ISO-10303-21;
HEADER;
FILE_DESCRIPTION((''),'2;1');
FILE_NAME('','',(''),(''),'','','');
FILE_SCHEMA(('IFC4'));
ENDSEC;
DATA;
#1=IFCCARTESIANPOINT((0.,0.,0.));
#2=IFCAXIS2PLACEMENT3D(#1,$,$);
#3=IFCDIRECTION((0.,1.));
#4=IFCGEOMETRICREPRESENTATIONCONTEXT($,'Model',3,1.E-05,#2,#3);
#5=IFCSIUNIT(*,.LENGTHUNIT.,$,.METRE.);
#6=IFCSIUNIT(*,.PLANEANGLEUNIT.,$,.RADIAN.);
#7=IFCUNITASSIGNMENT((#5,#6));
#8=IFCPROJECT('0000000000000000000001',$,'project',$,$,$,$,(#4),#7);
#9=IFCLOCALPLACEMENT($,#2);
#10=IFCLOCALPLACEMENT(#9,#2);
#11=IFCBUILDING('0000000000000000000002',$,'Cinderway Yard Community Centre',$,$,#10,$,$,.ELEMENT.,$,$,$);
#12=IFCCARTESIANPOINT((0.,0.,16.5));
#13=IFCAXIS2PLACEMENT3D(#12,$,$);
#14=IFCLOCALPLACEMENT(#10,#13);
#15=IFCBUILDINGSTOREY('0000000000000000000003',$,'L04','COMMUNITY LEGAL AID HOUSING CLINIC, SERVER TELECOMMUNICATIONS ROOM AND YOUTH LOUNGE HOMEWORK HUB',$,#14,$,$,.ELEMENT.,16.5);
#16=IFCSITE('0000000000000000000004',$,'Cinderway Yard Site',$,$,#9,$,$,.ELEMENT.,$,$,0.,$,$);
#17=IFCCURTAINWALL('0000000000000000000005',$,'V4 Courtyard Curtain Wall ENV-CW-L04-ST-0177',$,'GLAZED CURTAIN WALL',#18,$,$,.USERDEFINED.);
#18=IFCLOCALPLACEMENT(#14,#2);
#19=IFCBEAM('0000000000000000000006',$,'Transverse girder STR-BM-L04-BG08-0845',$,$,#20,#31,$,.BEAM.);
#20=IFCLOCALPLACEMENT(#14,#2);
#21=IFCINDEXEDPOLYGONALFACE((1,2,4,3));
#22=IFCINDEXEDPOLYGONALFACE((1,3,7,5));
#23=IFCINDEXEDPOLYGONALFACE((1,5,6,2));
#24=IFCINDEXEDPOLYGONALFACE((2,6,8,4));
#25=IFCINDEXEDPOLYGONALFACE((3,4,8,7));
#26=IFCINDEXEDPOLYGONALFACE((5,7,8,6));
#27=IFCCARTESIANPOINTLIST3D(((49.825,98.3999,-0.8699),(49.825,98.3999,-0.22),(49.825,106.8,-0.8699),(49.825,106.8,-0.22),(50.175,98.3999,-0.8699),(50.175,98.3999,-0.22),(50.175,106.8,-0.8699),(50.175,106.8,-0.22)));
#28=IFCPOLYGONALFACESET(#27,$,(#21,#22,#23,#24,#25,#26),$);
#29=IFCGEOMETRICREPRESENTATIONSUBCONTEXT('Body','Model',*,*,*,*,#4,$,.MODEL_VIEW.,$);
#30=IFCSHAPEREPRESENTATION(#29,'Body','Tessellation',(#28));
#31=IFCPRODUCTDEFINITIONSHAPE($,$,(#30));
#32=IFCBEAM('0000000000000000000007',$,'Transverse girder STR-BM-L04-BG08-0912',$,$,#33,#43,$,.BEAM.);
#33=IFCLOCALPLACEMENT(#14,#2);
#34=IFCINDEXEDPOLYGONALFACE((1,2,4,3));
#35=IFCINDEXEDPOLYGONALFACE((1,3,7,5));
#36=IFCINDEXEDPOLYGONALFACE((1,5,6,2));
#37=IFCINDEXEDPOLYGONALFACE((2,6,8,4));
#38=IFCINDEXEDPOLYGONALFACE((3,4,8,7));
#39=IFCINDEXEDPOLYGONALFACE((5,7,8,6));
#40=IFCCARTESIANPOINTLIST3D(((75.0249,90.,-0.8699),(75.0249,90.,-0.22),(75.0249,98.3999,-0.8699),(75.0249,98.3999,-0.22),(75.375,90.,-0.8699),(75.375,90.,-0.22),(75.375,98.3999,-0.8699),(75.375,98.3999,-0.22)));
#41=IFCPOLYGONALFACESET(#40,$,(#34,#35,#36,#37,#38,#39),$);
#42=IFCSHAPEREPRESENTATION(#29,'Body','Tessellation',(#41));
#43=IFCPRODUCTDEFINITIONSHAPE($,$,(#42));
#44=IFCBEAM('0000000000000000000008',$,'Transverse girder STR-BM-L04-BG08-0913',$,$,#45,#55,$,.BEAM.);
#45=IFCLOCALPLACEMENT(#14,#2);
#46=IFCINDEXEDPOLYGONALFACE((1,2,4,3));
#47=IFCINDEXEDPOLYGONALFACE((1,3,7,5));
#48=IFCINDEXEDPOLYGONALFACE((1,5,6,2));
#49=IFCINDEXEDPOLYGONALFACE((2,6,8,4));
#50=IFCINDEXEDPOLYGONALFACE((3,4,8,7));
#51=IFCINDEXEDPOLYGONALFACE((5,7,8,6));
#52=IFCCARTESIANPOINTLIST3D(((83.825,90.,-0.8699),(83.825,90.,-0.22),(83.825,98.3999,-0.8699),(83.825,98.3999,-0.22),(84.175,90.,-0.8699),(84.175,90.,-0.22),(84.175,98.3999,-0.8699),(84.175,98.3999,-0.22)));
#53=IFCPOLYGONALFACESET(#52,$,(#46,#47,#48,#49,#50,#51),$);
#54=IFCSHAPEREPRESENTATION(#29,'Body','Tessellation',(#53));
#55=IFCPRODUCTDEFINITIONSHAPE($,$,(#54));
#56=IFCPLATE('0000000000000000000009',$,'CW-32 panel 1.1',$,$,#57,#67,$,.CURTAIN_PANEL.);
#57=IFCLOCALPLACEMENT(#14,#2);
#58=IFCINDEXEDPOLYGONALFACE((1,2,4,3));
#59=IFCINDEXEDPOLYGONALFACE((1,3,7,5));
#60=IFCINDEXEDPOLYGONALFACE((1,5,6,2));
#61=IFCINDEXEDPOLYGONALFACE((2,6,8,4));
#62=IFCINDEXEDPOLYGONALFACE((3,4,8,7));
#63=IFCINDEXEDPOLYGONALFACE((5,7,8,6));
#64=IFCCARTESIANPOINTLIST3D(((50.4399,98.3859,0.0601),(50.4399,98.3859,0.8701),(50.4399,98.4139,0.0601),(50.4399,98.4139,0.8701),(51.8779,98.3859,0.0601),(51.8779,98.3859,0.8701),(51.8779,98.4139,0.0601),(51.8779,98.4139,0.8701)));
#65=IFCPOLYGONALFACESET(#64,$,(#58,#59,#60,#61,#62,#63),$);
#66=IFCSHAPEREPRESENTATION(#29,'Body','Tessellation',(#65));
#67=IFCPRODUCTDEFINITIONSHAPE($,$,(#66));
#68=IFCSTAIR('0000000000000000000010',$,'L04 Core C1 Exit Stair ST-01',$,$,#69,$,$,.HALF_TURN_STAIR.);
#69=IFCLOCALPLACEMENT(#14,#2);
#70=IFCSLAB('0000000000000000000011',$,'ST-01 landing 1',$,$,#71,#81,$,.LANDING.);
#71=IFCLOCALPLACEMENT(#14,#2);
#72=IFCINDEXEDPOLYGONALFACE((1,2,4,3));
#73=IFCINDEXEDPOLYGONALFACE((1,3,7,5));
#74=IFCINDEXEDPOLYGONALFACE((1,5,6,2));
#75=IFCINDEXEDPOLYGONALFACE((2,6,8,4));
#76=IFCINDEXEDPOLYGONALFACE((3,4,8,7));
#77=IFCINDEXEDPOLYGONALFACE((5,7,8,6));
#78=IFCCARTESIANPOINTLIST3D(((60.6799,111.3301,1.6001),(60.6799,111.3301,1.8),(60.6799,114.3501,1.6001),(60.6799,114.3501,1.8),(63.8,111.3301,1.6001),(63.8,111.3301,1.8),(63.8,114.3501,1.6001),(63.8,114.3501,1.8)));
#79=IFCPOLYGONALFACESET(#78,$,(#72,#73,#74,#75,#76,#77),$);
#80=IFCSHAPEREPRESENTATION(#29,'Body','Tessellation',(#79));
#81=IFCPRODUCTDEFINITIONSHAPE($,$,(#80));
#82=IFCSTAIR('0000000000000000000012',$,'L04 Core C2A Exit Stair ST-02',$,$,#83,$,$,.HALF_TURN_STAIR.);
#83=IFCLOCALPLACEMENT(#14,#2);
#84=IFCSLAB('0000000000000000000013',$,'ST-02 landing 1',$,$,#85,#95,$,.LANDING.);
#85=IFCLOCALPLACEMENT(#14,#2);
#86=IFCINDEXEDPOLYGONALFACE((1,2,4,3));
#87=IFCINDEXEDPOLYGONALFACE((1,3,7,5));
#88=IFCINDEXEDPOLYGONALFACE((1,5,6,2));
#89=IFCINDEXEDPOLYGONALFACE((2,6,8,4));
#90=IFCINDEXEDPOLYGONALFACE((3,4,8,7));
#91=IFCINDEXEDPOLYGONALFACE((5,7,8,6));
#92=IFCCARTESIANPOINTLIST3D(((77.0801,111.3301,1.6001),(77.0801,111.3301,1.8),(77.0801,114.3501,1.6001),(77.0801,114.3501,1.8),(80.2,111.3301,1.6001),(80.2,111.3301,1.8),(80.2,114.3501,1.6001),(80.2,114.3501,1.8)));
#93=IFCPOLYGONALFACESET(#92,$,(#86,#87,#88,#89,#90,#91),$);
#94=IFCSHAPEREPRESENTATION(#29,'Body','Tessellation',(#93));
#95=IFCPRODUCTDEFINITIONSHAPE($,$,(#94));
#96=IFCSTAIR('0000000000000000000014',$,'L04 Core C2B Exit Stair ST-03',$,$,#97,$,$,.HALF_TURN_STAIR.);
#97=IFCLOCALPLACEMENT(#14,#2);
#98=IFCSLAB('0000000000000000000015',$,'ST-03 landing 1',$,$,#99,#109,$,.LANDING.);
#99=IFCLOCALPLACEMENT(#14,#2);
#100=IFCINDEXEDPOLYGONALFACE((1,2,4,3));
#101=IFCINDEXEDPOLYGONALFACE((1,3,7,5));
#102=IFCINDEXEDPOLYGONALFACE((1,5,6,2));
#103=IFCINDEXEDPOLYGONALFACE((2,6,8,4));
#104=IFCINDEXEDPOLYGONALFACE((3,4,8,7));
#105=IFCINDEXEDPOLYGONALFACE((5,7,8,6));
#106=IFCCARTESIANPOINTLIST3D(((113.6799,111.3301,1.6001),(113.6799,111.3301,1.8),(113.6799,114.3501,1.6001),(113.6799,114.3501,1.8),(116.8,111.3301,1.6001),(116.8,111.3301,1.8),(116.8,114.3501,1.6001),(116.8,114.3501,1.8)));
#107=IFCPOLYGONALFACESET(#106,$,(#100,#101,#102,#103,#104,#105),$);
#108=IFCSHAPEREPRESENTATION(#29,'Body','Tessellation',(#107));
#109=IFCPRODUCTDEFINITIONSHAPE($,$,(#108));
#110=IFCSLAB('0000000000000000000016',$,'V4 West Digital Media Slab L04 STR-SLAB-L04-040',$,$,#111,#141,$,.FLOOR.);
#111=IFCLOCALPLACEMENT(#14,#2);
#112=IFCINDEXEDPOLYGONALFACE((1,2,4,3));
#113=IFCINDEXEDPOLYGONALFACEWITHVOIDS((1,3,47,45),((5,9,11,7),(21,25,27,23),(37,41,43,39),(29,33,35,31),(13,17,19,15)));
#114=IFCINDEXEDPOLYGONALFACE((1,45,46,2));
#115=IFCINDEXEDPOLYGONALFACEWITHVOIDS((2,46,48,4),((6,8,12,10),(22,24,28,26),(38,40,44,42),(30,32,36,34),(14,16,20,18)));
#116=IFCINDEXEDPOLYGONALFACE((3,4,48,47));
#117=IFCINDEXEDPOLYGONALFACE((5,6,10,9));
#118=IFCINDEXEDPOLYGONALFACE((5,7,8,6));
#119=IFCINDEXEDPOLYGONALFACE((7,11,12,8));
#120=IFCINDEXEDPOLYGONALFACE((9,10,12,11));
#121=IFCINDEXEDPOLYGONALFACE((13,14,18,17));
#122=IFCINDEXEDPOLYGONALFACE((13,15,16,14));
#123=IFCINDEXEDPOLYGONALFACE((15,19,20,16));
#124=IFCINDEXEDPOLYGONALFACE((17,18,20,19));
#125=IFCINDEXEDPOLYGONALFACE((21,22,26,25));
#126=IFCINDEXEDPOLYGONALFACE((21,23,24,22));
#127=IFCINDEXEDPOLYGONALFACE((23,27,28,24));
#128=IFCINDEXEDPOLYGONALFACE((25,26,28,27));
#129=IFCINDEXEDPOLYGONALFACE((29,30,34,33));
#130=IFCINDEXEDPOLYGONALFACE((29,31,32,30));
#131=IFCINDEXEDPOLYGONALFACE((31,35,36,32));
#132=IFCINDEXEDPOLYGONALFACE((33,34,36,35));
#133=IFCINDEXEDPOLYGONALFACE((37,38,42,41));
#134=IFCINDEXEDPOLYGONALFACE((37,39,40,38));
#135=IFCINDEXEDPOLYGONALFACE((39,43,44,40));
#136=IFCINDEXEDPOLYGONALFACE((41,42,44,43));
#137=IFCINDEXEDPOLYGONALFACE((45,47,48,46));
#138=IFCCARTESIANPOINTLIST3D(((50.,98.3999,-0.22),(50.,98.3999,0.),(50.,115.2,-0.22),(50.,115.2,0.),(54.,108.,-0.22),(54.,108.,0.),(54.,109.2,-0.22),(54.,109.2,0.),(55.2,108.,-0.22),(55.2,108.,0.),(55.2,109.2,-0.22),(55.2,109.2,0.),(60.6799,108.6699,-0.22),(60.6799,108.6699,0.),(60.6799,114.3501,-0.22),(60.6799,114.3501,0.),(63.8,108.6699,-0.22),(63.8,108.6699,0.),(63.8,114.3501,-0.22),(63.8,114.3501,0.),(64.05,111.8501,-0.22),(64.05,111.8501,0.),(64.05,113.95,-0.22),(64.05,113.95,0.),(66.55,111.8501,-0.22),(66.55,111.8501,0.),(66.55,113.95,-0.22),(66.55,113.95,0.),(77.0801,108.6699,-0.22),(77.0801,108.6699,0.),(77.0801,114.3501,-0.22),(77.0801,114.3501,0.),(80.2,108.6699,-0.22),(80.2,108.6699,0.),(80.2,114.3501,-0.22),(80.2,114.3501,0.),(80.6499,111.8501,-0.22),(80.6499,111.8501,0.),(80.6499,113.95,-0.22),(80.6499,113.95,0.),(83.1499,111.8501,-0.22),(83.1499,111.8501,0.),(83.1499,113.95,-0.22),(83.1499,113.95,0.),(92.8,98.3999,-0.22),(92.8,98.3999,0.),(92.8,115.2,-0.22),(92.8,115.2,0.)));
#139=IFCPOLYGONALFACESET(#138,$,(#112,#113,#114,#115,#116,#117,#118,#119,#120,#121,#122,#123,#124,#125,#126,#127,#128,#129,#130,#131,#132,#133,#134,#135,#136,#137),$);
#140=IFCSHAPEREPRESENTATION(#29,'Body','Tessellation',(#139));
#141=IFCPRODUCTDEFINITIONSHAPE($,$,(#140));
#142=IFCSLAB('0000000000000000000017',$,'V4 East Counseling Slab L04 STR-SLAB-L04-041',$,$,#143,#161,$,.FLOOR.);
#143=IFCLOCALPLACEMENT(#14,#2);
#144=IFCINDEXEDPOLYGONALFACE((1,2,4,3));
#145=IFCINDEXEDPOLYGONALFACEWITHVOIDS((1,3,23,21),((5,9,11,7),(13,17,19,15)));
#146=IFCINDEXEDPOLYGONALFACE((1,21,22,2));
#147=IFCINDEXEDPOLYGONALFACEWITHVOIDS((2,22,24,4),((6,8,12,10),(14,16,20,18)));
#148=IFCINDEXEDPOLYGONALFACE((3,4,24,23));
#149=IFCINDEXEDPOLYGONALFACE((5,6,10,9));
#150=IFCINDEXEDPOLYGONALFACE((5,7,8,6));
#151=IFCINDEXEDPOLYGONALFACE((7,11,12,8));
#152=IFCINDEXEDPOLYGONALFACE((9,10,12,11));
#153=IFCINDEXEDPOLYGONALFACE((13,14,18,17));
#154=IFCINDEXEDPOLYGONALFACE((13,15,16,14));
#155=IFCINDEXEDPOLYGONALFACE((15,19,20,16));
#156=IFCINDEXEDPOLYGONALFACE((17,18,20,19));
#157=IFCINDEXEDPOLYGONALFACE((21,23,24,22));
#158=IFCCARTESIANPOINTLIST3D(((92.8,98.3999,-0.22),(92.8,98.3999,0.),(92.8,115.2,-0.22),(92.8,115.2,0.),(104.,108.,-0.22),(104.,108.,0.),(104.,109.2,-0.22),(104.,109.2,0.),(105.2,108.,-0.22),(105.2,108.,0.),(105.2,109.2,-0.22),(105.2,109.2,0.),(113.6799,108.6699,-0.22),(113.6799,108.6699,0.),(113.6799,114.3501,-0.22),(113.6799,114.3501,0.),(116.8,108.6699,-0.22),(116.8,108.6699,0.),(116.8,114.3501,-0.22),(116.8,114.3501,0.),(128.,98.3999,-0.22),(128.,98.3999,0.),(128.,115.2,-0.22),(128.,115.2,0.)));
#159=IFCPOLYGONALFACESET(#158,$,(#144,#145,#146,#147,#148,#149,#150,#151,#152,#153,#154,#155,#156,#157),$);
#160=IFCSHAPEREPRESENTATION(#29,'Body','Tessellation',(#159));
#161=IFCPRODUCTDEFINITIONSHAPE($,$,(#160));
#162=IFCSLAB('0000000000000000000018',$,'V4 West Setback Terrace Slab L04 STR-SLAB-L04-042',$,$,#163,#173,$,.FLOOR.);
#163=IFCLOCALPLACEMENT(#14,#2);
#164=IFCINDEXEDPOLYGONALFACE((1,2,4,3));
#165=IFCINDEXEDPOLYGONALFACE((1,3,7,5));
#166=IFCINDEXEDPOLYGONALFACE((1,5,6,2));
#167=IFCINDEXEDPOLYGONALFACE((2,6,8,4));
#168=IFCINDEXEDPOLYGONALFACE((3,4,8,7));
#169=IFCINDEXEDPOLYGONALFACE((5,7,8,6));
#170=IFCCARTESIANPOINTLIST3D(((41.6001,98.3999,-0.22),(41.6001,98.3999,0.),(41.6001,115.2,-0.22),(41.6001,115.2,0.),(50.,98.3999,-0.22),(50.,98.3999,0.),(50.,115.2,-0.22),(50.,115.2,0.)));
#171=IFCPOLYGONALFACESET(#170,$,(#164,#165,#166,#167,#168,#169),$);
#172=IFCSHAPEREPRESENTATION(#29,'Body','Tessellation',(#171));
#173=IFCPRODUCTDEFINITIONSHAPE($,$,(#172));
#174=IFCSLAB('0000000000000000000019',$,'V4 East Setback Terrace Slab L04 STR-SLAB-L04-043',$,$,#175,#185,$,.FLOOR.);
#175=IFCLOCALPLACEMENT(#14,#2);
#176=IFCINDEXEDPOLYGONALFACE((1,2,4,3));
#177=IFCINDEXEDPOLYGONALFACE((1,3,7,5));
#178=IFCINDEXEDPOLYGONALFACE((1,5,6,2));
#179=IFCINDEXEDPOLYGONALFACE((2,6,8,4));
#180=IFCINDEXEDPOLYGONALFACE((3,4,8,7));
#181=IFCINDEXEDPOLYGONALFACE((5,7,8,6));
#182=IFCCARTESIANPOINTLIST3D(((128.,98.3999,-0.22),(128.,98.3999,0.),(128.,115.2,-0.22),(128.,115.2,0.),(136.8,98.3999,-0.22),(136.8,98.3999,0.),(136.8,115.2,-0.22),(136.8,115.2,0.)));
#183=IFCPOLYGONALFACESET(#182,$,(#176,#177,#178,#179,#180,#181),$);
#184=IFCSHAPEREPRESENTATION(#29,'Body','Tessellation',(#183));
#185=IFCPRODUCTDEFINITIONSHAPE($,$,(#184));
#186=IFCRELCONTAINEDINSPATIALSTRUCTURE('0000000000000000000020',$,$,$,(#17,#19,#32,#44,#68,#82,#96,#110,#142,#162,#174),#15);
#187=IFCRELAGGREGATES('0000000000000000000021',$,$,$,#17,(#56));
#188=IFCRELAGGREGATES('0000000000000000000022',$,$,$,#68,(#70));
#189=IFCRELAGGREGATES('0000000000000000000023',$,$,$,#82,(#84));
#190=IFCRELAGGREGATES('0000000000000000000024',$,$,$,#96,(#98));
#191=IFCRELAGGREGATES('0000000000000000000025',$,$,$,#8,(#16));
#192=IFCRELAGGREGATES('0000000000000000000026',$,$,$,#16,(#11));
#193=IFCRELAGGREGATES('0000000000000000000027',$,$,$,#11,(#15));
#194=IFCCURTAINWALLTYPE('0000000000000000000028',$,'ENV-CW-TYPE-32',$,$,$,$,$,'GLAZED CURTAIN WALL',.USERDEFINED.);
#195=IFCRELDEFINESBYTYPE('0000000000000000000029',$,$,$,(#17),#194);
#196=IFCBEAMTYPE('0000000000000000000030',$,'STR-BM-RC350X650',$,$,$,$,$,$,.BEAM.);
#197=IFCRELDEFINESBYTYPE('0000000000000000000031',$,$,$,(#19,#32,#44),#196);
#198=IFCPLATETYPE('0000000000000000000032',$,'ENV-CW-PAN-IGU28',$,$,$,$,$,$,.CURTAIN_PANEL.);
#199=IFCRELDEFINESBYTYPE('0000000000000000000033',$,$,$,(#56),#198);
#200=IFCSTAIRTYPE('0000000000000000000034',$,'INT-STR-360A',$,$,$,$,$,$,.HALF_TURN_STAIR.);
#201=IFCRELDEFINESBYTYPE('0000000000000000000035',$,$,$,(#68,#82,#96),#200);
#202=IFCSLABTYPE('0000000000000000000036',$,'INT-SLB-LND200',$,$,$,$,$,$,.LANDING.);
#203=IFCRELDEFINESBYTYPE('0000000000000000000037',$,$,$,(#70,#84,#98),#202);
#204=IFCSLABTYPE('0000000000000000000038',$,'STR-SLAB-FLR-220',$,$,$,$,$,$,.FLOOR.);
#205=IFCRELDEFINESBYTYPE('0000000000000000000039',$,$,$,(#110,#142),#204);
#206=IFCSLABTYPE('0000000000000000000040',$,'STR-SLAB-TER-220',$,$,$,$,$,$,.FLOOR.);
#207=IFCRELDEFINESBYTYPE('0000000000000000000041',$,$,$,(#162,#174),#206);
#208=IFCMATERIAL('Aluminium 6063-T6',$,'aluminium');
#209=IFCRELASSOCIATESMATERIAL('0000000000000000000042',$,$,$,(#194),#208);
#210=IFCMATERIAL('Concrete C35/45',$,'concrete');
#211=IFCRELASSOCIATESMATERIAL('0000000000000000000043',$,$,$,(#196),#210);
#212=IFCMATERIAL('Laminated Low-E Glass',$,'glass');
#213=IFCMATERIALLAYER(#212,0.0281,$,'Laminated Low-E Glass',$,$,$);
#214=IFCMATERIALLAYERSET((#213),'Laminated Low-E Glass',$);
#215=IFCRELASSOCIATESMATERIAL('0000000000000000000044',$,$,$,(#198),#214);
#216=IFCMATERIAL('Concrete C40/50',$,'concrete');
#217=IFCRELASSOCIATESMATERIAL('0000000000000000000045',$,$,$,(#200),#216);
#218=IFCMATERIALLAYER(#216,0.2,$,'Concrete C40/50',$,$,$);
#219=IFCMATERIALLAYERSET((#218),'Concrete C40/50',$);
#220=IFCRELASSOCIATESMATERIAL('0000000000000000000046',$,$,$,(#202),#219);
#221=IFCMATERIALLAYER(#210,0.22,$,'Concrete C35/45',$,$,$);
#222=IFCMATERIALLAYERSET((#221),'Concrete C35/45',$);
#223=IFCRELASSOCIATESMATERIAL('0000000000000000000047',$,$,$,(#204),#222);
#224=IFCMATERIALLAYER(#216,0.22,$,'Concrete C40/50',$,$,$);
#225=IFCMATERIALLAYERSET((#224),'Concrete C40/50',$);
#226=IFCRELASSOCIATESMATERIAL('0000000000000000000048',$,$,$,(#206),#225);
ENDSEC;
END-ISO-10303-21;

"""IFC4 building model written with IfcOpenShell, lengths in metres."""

from ifc_helpers import new_model, si_unit, direction, frame, origin, origin_2d, place, context, subcontext, project, spatial, polyline, rectangle, outline, extrude, material, layer, layer_set, material_profile, profile_set, type_object, element, aggregate, save


model = new_model("IFC4")

# Units and contexts
model_context = context("Model", 3, precision=1e-05, world=origin(), true_north=direction((0.0, 1.0)))
body_context = subcontext(model_context, "Body", "Model", "MODEL_VIEW")
ifc_project = project(units=[si_unit("LENGTHUNIT", "METRE"), si_unit("PLANEANGLEUNIT", "RADIAN")], contexts=[model_context])

# Site, building, storey
site_placement = place(None, origin())
site = spatial("IfcSite", under=ifc_project, at=site_placement, Name="Cinderway Yard Site", CompositionType="ELEMENT", RefElevation=0.0)
building_placement = place(site_placement, origin())
building = spatial("IfcBuilding", under=site, at=building_placement, Name="Cinderway Yard Community Centre", CompositionType="ELEMENT")
storey_placement = place(building_placement, frame((0.0, 0.0, 16.5)))
storey = spatial("IfcBuildingStorey", under=building, at=storey_placement, Name="L04", Description="COMMUNITY LEGAL AID HOUSING CLINIC, SERVER TELECOMMUNICATIONS ROOM AND YOUTH LOUNGE HOMEWORK HUB", CompositionType="ELEMENT", Elevation=16.5)

# Shared definitions
ifc_material_1 = material(Name="Concrete C40/50", Category="concrete")

# Curtain wall
ifc_material_2 = material(Name="Aluminium 6063-T6", Category="aluminium")
curtain_wall_type = type_object("IfcCurtainWallType", Name="ENV-CW-TYPE-32", ElementType="GLAZED CURTAIN WALL", PredefinedType="USERDEFINED", material=ifc_material_2)
curtain_wall_placement = place(storey_placement, origin())
curtain_wall = element("IfcCurtainWall", 1, at=curtain_wall_placement, inside=storey, type_object=curtain_wall_type, Name="V4 Courtyard Curtain Wall ENV-CW-L04-ST-0177", ObjectType="GLAZED CURTAIN WALL", PredefinedType="USERDEFINED")

# Beams
ifc_material_3 = material(Name="Concrete C35/45", Category="concrete")
ifc_material_profile_1 = material_profile(ifc_material_3, rectangle(XDim=0.3501, YDim=0.6499, at=origin_2d()), Name="Concrete C35/45")
ifc_profile_set_1 = profile_set([ifc_material_profile_1], Name="Concrete C35/45")
beam_type_1 = type_object("IfcBeamType", Name="STR-BM-RC350X650", PredefinedType="BEAM", material=ifc_profile_set_1)
beam_1_placement = place(storey_placement, frame((50.0, 98.3999, -0.5449), z_axis=(0.0, 1.0, 0.0), x_axis=(-1.0, 0.0, 0.0)))
element("IfcBeam", 2, at=beam_1_placement, inside=storey, type_object=beam_type_1, Name="Transverse girder STR-BM-L04-BG08-0845", PredefinedType="BEAM", context=body_context, shape_type="SweptSolid", body=[
    extrude(rectangle(XDim=0.3501, YDim=0.6499, at=origin_2d()), origin(), (0.0, 0.0, 1.0), 8.4001),
])
for number, where, z_axis, x_axis, name in (
    (3, (75.2, 90.0, -0.5449), (0.0, 1.0, 0.0), (-1.0, 0.0, 0.0), "Transverse girder STR-BM-L04-BG08-0912"),
    (4, (84.0, 90.0, -0.5449), (0.0, 1.0, 0.0), (-1.0, 0.0, 0.0), "Transverse girder STR-BM-L04-BG08-0913"),
):
    element("IfcBeam", number, at=place(storey_placement, frame(where, z_axis=z_axis, x_axis=x_axis)), inside=storey, type_object=beam_type_1, Name=name, PredefinedType="BEAM", context=body_context, shape_type="SweptSolid", body=[
        extrude(rectangle(XDim=0.3501, YDim=0.6499, at=origin_2d()), origin(), (0.0, 0.0, 1.0), 8.3999),
    ])

# Plate
ifc_material_4 = material(Name="Laminated Low-E Glass", Category="glass")
ifc_layer_1 = layer(ifc_material_4, 0.0281, Name="Laminated Low-E Glass")
ifc_layer_set_1 = layer_set([ifc_layer_1], Name="Laminated Low-E Glass")
plate_type = type_object("IfcPlateType", Name="ENV-CW-PAN-IGU28", PredefinedType="CURTAIN_PANEL", material=ifc_layer_set_1)
plate_placement = place(storey_placement, frame((51.1589, 98.3999, 0.0601), z_axis=(0.0, 0.0, 1.0), x_axis=(1.0, 0.0, 0.0)))
plate = element("IfcPlate", 5, at=plate_placement, type_object=plate_type, Name="CW-32 panel 1.1", PredefinedType="CURTAIN_PANEL", context=body_context, shape_type="SweptSolid", body=[
    extrude(rectangle(XDim=1.438, YDim=0.0281, at=origin_2d()), origin(), (0.0, 0.0, 1.0), 0.8101),
])
aggregate(curtain_wall, [plate])

# Stairs, slabs
stair_type = type_object("IfcStairType", Name="INT-STR-360A", PredefinedType="HALF_TURN_STAIR", material=ifc_material_1)
stair_1_placement = place(storey_placement, origin())
stair_1 = element("IfcStair", 6, at=stair_1_placement, inside=storey, type_object=stair_type, Name="L04 Core C1 Exit Stair ST-01", PredefinedType="HALF_TURN_STAIR")
ifc_layer_2 = layer(ifc_material_1, 0.2, Name="Concrete C40/50")
ifc_layer_set_2 = layer_set([ifc_layer_2], Name="Concrete C40/50")
slab_type_1 = type_object("IfcSlabType", Name="INT-SLB-LND200", PredefinedType="LANDING", material=ifc_layer_set_2)
slab_1_placement = place(storey_placement, frame((0.0, 0.0, 1.6001)))
slab_1 = element("IfcSlab", 7, at=slab_1_placement, type_object=slab_type_1, Name="ST-01 landing 1", PredefinedType="LANDING", context=body_context, shape_type="SweptSolid", body=[
    extrude(outline(polyline([(63.8, 111.3301), (63.8, 114.3501), (60.6799, 114.3501), (60.6799, 111.3301), (63.8, 111.3301)])), origin(), (0.0, 0.0, 1.0), 0.2),
])
aggregate(stair_1, [slab_1])
stair_2_placement = place(storey_placement, origin())
stair_2 = element("IfcStair", 8, at=stair_2_placement, inside=storey, type_object=stair_type, Name="L04 Core C2A Exit Stair ST-02", PredefinedType="HALF_TURN_STAIR")
slab_2_placement = place(storey_placement, frame((0.0, 0.0, 1.6001)))
slab_2 = element("IfcSlab", 9, at=slab_2_placement, type_object=slab_type_1, Name="ST-02 landing 1", PredefinedType="LANDING", context=body_context, shape_type="SweptSolid", body=[
    extrude(outline(polyline([(80.2, 111.3301), (80.2, 114.3501), (77.0801, 114.3501), (77.0801, 111.3301), (80.2, 111.3301)])), origin(), (0.0, 0.0, 1.0), 0.2),
])
aggregate(stair_2, [slab_2])
stair_3_placement = place(storey_placement, origin())
stair_3 = element("IfcStair", 10, at=stair_3_placement, inside=storey, type_object=stair_type, Name="L04 Core C2B Exit Stair ST-03", PredefinedType="HALF_TURN_STAIR")
slab_3_placement = place(storey_placement, frame((0.0, 0.0, 1.6001)))
slab_3 = element("IfcSlab", 11, at=slab_3_placement, type_object=slab_type_1, Name="ST-03 landing 1", PredefinedType="LANDING", context=body_context, shape_type="SweptSolid", body=[
    extrude(outline(polyline([(116.8, 111.3301), (116.8, 114.3501), (113.6799, 114.3501), (113.6799, 111.3301), (116.8, 111.3301)])), origin(), (0.0, 0.0, 1.0), 0.2),
])
aggregate(stair_3, [slab_3])

# Slabs
ifc_layer_3 = layer(ifc_material_3, 0.22, Name="Concrete C35/45")
ifc_layer_set_3 = layer_set([ifc_layer_3], Name="Concrete C35/45")
slab_type_2 = type_object("IfcSlabType", Name="STR-SLAB-FLR-220", PredefinedType="FLOOR", material=ifc_layer_set_3)
slab_4_placement = place(storey_placement, frame((0.0, 0.0, -0.22)))
element("IfcSlab", 12, at=slab_4_placement, inside=storey, type_object=slab_type_2, Name="V4 West Digital Media Slab L04 STR-SLAB-L04-040", PredefinedType="FLOOR", context=body_context, shape_type="SweptSolid", body=[
    extrude(outline(polyline([(50.0, 98.3999), (92.8, 98.3999), (92.8, 115.2), (50.0, 115.2), (50.0, 98.3999)]), holes=[polyline([(63.8, 108.6699), (63.8, 114.3501), (60.6799, 114.3501), (60.6799, 108.6699), (63.8, 108.6699)]), polyline([(64.05, 111.8501), (66.55, 111.8501), (66.55, 113.95), (64.05, 113.95), (64.05, 111.8501)]), polyline([(80.2, 108.6699), (80.2, 114.3501), (77.0801, 114.3501), (77.0801, 108.6699), (80.2, 108.6699)]), polyline([(80.6499, 111.8501), (83.1499, 111.8501), (83.1499, 113.95), (80.6499, 113.95), (80.6499, 111.8501)]), polyline([(54.0, 108.0), (55.2, 108.0), (55.2, 109.2), (54.0, 109.2), (54.0, 108.0)])]), origin(), (0.0, 0.0, 1.0), 0.22),
])
slab_5_placement = place(storey_placement, frame((0.0, 0.0, -0.22)))
element("IfcSlab", 13, at=slab_5_placement, inside=storey, type_object=slab_type_2, Name="V4 East Counseling Slab L04 STR-SLAB-L04-041", PredefinedType="FLOOR", context=body_context, shape_type="SweptSolid", body=[
    extrude(outline(polyline([(92.8, 98.3999), (128.0, 98.3999), (128.0, 115.2), (92.8, 115.2), (92.8, 98.3999)]), holes=[polyline([(116.8, 108.6699), (116.8, 114.3501), (113.6799, 114.3501), (113.6799, 108.6699), (116.8, 108.6699)]), polyline([(104.0, 108.0), (105.2, 108.0), (105.2, 109.2), (104.0, 109.2), (104.0, 108.0)])]), origin(), (0.0, 0.0, 1.0), 0.22),
])
ifc_layer_4 = layer(ifc_material_1, 0.22, Name="Concrete C40/50")
ifc_layer_set_4 = layer_set([ifc_layer_4], Name="Concrete C40/50")
slab_type_3 = type_object("IfcSlabType", Name="STR-SLAB-TER-220", PredefinedType="FLOOR", material=ifc_layer_set_4)
slab_6_placement = place(storey_placement, frame((0.0, 0.0, -0.22)))
element("IfcSlab", 14, at=slab_6_placement, inside=storey, type_object=slab_type_3, Name="V4 West Setback Terrace Slab L04 STR-SLAB-L04-042", PredefinedType="FLOOR", context=body_context, shape_type="SweptSolid", body=[
    extrude(outline(polyline([(41.6001, 98.3999), (50.0, 98.3999), (50.0, 115.2), (41.6001, 115.2), (41.6001, 98.3999)])), origin(), (0.0, 0.0, 1.0), 0.22),
])
slab_7_placement = place(storey_placement, frame((0.0, 0.0, -0.22)))
element("IfcSlab", 15, at=slab_7_placement, inside=storey, type_object=slab_type_3, Name="V4 East Setback Terrace Slab L04 STR-SLAB-L04-043", PredefinedType="FLOOR", context=body_context, shape_type="SweptSolid", body=[
    extrude(outline(polyline([(128.0, 98.3999), (136.8, 98.3999), (136.8, 115.2), (128.0, 115.2), (128.0, 98.3999)])), origin(), (0.0, 0.0, 1.0), 0.22),
])

save(model, "model.ifc")
